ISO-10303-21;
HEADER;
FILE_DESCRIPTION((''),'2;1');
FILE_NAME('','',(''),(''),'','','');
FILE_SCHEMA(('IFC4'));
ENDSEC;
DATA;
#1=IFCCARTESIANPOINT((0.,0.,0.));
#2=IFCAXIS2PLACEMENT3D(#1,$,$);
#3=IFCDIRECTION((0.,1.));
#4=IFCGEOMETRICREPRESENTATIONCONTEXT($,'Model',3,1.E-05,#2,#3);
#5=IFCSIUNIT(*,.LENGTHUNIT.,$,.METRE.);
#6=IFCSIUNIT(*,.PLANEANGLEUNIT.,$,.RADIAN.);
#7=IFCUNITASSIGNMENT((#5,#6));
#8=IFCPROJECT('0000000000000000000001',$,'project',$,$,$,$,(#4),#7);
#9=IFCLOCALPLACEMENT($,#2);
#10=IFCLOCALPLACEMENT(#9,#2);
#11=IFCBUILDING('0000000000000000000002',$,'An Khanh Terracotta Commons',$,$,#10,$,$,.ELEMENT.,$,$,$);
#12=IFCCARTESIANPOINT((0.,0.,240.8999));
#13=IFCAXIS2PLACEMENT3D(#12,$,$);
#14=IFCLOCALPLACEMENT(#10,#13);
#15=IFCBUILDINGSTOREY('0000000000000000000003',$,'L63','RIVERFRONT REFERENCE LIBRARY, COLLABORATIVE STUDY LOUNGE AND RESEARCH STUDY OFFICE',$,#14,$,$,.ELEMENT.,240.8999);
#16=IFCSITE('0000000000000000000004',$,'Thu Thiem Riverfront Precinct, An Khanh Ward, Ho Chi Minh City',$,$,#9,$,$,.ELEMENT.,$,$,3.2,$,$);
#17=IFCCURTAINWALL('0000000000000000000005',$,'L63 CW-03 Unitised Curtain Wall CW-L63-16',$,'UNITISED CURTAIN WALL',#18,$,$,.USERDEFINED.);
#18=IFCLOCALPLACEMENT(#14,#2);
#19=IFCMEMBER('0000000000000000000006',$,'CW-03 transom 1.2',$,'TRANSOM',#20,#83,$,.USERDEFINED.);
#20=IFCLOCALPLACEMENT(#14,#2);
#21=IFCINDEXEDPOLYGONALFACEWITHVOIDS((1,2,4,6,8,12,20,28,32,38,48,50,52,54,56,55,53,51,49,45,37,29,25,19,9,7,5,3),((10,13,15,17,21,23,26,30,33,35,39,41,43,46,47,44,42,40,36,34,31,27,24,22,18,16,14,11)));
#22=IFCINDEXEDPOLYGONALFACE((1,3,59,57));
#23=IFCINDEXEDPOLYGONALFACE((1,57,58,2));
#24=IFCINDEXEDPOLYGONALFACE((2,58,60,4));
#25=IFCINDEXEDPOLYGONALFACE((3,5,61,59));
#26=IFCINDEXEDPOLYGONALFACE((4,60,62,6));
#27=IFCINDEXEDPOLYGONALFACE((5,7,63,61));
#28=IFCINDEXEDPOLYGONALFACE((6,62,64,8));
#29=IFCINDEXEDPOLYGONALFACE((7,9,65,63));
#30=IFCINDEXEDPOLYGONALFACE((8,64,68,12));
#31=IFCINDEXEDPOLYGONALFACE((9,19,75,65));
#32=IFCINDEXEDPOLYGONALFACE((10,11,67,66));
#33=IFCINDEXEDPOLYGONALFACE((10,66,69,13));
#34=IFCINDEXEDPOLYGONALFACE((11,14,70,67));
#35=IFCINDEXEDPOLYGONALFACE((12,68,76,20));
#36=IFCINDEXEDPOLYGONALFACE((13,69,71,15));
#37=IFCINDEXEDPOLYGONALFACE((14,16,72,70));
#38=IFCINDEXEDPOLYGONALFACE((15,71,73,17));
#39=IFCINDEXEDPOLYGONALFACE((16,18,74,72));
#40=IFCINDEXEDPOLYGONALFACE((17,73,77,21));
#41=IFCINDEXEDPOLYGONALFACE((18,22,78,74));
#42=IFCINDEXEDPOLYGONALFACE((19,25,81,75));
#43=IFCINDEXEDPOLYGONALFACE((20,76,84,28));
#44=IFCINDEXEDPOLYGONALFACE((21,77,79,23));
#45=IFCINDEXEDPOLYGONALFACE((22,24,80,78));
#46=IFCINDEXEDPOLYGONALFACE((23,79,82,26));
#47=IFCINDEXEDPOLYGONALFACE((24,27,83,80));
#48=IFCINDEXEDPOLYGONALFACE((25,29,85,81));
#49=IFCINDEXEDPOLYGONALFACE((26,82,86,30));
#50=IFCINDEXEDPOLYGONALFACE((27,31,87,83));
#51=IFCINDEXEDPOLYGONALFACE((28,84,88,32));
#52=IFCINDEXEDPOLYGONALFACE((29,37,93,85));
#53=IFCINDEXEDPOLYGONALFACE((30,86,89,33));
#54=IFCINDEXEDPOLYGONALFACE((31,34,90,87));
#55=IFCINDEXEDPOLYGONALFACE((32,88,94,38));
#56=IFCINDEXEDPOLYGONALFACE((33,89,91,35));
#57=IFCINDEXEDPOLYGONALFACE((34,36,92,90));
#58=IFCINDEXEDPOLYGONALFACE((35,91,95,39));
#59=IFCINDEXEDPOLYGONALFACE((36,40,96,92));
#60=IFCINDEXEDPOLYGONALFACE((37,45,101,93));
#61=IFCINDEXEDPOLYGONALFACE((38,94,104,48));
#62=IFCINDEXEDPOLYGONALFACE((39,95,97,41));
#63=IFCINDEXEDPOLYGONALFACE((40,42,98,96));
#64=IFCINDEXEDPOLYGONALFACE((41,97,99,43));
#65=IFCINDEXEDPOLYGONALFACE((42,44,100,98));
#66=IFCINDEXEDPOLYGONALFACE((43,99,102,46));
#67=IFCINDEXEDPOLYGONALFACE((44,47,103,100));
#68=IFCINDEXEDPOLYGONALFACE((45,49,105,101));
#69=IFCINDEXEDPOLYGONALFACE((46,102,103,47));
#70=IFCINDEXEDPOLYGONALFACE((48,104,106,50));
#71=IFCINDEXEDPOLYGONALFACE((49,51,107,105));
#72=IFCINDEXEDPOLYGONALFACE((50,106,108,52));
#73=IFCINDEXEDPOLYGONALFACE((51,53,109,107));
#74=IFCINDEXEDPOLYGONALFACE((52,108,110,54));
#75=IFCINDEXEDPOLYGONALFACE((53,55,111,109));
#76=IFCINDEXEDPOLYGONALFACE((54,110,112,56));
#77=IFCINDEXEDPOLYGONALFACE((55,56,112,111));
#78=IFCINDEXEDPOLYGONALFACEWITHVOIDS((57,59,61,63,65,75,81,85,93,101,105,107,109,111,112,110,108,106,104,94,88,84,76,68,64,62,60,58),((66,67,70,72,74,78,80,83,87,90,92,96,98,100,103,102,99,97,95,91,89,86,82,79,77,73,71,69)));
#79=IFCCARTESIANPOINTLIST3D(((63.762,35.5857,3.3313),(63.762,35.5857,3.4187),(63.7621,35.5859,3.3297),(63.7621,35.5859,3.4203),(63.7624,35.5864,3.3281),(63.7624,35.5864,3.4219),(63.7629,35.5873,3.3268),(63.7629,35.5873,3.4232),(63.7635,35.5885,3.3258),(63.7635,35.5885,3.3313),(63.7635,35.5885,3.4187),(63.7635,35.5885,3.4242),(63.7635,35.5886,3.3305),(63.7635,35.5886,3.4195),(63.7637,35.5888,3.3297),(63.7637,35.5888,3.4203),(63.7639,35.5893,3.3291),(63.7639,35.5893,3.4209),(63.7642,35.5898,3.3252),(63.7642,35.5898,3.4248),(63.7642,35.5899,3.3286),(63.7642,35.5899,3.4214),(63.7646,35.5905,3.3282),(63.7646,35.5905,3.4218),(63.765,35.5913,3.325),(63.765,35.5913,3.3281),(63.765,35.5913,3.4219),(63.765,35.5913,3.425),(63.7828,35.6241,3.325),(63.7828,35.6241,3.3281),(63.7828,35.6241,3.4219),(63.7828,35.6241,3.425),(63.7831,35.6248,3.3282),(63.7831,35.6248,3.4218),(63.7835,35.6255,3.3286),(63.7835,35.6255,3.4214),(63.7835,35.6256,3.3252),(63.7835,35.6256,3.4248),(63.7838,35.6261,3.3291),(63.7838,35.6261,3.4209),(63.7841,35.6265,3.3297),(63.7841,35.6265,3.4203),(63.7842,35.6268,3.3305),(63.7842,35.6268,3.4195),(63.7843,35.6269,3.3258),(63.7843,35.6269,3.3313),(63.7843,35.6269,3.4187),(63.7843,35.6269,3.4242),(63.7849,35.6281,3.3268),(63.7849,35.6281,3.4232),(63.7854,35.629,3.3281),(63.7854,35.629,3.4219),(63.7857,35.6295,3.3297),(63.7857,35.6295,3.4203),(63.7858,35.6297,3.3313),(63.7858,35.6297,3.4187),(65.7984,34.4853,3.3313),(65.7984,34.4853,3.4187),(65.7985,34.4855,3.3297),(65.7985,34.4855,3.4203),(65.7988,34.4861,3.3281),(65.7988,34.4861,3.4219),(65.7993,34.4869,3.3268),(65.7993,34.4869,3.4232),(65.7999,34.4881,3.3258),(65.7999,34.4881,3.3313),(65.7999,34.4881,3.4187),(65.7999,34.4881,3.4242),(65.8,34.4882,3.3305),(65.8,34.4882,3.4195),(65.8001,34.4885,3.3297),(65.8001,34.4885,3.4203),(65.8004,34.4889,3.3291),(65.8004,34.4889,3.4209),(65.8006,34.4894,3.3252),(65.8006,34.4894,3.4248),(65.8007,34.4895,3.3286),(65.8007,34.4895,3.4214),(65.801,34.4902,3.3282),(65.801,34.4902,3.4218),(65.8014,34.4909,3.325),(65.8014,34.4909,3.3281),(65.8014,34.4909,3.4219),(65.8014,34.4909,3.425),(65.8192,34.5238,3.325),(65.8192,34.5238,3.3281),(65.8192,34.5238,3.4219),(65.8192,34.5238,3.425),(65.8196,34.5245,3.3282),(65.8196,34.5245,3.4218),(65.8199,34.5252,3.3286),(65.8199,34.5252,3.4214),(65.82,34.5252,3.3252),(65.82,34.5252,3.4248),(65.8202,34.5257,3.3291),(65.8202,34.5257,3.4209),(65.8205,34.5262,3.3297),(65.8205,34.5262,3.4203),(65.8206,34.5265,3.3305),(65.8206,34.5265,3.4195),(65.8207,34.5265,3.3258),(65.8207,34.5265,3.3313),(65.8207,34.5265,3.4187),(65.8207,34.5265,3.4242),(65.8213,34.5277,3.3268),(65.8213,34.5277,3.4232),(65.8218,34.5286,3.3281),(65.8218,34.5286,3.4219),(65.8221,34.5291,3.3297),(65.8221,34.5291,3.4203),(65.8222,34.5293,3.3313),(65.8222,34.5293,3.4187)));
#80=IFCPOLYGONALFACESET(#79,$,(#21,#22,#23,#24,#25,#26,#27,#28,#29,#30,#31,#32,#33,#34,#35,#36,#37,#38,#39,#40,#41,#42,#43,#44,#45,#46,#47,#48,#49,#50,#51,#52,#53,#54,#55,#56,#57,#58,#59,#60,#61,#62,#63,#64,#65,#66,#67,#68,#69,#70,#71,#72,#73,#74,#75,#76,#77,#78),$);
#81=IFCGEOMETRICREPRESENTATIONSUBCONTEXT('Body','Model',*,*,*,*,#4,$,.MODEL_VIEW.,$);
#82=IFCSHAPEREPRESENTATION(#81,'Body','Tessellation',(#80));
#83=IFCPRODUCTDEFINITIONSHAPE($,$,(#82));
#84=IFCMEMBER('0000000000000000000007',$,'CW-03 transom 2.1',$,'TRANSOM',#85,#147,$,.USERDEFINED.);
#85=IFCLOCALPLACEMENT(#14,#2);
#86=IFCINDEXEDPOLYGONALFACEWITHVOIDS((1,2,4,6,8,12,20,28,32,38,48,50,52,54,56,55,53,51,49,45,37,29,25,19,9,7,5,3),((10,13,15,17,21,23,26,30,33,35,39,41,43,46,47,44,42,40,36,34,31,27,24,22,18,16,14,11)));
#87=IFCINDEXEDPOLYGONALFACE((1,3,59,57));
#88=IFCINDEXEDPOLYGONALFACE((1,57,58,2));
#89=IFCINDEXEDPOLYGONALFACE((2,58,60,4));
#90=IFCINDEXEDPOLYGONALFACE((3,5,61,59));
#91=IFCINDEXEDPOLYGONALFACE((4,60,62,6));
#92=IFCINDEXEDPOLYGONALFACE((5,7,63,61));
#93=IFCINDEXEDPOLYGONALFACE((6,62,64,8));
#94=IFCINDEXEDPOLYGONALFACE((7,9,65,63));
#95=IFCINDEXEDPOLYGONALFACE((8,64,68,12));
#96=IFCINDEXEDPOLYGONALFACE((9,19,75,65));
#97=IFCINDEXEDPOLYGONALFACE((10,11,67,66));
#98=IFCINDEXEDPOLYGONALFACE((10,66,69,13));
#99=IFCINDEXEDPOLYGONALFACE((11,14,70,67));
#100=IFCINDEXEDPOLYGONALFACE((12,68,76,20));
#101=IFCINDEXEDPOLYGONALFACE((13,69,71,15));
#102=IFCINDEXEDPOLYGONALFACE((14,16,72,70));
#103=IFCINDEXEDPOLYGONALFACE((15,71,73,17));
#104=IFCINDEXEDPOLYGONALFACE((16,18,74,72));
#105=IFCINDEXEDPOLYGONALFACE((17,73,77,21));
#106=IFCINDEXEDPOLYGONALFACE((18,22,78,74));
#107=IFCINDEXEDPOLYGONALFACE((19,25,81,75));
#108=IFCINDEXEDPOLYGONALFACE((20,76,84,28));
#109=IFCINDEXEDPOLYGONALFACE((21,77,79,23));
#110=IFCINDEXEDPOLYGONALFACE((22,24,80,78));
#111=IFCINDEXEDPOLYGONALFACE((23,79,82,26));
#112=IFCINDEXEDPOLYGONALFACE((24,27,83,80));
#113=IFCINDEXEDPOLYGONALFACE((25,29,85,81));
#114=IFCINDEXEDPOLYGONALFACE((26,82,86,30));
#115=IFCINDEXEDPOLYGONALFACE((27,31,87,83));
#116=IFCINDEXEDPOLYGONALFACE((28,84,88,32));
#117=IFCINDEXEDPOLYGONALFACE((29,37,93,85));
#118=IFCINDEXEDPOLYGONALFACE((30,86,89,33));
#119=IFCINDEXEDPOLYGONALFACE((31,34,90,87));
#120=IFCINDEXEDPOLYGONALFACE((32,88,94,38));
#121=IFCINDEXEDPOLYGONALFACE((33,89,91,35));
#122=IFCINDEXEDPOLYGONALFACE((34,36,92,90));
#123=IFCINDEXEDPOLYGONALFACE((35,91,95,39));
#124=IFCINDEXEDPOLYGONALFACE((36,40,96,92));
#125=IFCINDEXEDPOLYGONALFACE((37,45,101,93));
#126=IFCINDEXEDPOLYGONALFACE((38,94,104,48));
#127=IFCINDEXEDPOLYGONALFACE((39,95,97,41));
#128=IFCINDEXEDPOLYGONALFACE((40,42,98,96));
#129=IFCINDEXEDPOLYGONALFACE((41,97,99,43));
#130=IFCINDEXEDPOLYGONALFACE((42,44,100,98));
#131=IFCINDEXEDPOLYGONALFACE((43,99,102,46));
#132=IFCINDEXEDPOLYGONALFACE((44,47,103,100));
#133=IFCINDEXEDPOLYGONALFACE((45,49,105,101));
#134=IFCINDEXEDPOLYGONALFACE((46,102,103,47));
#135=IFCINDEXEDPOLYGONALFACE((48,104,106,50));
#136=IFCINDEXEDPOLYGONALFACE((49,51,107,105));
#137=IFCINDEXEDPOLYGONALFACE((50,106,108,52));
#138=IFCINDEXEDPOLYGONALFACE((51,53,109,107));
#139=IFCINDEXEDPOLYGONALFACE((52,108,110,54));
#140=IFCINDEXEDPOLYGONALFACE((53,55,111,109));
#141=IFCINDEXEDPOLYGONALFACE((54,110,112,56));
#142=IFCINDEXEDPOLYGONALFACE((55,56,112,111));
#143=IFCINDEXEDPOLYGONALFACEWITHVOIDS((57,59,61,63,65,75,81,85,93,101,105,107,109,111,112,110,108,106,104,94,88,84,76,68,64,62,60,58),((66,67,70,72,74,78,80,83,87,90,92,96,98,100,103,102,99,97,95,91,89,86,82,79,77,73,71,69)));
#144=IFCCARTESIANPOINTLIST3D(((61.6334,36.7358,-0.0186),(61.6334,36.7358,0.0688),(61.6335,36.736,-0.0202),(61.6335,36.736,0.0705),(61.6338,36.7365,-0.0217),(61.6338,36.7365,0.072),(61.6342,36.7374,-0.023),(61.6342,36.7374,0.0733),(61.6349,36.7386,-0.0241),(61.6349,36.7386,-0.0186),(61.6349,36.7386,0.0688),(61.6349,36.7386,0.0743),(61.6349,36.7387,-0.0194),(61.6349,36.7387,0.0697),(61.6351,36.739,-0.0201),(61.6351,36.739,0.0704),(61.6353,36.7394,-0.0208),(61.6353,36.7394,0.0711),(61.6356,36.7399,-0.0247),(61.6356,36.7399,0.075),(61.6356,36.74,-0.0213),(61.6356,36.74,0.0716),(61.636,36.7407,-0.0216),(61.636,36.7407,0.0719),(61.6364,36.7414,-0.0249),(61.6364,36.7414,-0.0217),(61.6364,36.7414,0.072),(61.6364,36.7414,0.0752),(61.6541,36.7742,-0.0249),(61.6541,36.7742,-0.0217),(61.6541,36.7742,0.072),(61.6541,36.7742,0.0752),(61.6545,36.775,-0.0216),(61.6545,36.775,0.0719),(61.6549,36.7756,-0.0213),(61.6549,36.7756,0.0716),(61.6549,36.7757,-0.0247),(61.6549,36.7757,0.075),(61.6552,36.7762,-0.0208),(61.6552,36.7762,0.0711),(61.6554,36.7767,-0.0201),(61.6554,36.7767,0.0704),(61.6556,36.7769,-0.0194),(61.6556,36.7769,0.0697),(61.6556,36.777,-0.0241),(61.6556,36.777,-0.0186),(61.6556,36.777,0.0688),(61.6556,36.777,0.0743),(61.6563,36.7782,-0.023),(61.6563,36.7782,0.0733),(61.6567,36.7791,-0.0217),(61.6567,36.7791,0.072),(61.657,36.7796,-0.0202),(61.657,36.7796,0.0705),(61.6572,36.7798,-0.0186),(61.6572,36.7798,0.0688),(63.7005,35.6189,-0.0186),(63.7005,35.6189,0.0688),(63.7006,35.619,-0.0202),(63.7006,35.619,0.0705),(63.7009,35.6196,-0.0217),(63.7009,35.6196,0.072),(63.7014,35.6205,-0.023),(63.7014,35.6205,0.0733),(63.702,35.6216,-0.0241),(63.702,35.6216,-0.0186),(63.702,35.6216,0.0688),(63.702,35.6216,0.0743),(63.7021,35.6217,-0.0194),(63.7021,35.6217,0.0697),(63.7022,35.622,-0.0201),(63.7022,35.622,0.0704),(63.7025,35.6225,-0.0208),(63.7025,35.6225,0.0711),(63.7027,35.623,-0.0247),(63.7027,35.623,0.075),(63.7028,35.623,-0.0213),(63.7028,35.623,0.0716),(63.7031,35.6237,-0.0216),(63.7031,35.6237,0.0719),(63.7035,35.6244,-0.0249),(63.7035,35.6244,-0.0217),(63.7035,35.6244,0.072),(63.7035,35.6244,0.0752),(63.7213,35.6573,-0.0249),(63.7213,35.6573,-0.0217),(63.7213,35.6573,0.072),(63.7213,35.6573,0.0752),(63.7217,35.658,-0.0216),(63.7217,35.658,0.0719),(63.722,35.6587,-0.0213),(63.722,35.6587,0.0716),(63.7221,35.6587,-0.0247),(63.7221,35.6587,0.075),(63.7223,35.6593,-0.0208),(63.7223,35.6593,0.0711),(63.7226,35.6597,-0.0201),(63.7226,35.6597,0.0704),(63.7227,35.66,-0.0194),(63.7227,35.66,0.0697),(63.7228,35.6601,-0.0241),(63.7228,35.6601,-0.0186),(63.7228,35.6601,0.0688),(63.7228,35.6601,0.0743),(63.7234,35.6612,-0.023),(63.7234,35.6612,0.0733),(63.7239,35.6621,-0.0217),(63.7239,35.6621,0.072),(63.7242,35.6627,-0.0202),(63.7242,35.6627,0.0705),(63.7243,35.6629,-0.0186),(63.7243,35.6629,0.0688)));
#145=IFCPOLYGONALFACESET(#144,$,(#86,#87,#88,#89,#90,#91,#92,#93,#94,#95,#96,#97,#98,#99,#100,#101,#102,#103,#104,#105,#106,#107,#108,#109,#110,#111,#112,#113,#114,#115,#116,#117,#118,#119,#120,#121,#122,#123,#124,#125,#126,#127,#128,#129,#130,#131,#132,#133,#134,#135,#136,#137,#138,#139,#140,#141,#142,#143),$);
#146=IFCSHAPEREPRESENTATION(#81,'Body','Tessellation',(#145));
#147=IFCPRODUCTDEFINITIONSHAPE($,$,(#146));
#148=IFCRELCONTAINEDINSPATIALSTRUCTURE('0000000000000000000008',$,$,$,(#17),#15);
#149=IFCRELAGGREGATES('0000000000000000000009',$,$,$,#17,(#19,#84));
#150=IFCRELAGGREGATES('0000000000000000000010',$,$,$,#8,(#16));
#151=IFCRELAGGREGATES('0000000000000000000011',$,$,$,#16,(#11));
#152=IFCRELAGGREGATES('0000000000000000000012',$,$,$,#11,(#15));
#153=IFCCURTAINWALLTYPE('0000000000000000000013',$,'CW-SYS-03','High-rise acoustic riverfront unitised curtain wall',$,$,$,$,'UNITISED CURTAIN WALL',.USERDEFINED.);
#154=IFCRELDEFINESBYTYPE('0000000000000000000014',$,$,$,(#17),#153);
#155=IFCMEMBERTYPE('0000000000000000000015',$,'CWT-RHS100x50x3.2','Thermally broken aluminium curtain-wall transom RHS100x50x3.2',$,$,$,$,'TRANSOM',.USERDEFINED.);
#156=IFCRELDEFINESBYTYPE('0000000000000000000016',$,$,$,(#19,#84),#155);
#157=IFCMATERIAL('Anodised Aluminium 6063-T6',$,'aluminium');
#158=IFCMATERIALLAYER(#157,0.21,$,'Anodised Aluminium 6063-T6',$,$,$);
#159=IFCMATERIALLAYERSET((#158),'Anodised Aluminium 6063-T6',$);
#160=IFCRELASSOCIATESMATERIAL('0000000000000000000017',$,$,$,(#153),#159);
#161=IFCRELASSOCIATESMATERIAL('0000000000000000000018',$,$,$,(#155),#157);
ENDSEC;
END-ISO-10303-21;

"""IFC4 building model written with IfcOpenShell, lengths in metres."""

from ifc_helpers import new_model, si_unit, direction, frame, origin, origin_2d, place, context, subcontext, project, spatial, hollow_rectangle, extrude, material, layer, layer_set, material_profile, profile_set, type_object, element, aggregate, save


model = new_model("IFC4")

# Units and contexts
model_context = context("Model", 3, precision=1e-05, world=origin(), true_north=direction((0.0, 1.0)))
body_context = subcontext(model_context, "Body", "Model", "MODEL_VIEW")
ifc_project = project(units=[si_unit("LENGTHUNIT", "METRE"), si_unit("PLANEANGLEUNIT", "RADIAN")], contexts=[model_context])

# Site, building, storey
site_placement = place(None, origin())
site = spatial("IfcSite", under=ifc_project, at=site_placement, Name="Thu Thiem Riverfront Precinct, An Khanh Ward, Ho Chi Minh City", CompositionType="ELEMENT", RefElevation=3.2)
building_placement = place(site_placement, origin())
building = spatial("IfcBuilding", under=site, at=building_placement, Name="An Khanh Terracotta Commons", CompositionType="ELEMENT")
storey_placement = place(building_placement, frame((0.0, 0.0, 240.8999)))
storey = spatial("IfcBuildingStorey", under=building, at=storey_placement, Name="L63", Description="RIVERFRONT REFERENCE LIBRARY, COLLABORATIVE STUDY LOUNGE AND RESEARCH STUDY OFFICE", CompositionType="ELEMENT", Elevation=240.8999)

# Curtain wall, members
ifc_material_1 = material(Name="Anodised Aluminium 6063-T6", Category="aluminium")
ifc_layer_1 = layer(ifc_material_1, 0.21, Name="Anodised Aluminium 6063-T6")
ifc_layer_set_1 = layer_set([ifc_layer_1], Name="Anodised Aluminium 6063-T6")
curtain_wall_type = type_object("IfcCurtainWallType", Name="CW-SYS-03", Description="High-rise acoustic riverfront unitised curtain wall", ElementType="UNITISED CURTAIN WALL", PredefinedType="USERDEFINED", material=ifc_layer_set_1)
curtain_wall_placement = place(storey_placement, origin())
curtain_wall = element("IfcCurtainWall", 1, at=curtain_wall_placement, inside=storey, type_object=curtain_wall_type, Name="L63 CW-03 Unitised Curtain Wall CW-L63-16", ObjectType="UNITISED CURTAIN WALL", PredefinedType="USERDEFINED")
ifc_material_profile_1 = material_profile(ifc_material_1, hollow_rectangle(XDim=0.05, YDim=0.1001, WallThickness=0.0032, InnerFilletRadius=0.0032, OuterFilletRadius=0.0063, at=origin_2d()), Name="RHS100x50x3.2")
ifc_profile_set_1 = profile_set([ifc_material_profile_1], Name="Anodised Aluminium 6063-T6")
member_type_1 = type_object("IfcMemberType", Name="CWT-RHS100x50x3.2", Description="Thermally broken aluminium curtain-wall transom RHS100x50x3.2", ElementType="TRANSOM", PredefinedType="USERDEFINED", material=ifc_profile_set_1)
member_1_placement = place(storey_placement, frame((65.8103, 34.5073, 3.375), z_axis=(-0.879779, 0.475382, 0.0), x_axis=(-0.475382, -0.879779, 0.0)))
member_1 = element("IfcMember", 2, at=member_1_placement, type_object=member_type_1, Name="CW-03 transom 1.2", ObjectType="TRANSOM", PredefinedType="USERDEFINED", context=body_context, shape_type="SweptSolid", body=[
    extrude(hollow_rectangle(XDim=0.05, YDim=0.1001, WallThickness=0.0032, InnerFilletRadius=0.0032, OuterFilletRadius=0.0063, at=origin_2d()), origin(), (0.0, 0.0, 1.0), 2.3147),
])
member_2_placement = place(storey_placement, frame((63.7124, 35.6409, 0.0251), z_axis=(-0.879783, 0.475376, 0.0), x_axis=(-0.475376, -0.879783, 0.0)))
member_2 = element("IfcMember", 3, at=member_2_placement, type_object=member_type_1, Name="CW-03 transom 2.1", ObjectType="TRANSOM", PredefinedType="USERDEFINED", context=body_context, shape_type="SweptSolid", body=[
    extrude(hollow_rectangle(XDim=0.05, YDim=0.1001, WallThickness=0.0032, InnerFilletRadius=0.0032, OuterFilletRadius=0.0063, at=origin_2d()), origin(), (0.0, 0.0, 1.0), 2.3496),
])
aggregate(curtain_wall, [member_1, member_2])

save(model, "model.ifc")
